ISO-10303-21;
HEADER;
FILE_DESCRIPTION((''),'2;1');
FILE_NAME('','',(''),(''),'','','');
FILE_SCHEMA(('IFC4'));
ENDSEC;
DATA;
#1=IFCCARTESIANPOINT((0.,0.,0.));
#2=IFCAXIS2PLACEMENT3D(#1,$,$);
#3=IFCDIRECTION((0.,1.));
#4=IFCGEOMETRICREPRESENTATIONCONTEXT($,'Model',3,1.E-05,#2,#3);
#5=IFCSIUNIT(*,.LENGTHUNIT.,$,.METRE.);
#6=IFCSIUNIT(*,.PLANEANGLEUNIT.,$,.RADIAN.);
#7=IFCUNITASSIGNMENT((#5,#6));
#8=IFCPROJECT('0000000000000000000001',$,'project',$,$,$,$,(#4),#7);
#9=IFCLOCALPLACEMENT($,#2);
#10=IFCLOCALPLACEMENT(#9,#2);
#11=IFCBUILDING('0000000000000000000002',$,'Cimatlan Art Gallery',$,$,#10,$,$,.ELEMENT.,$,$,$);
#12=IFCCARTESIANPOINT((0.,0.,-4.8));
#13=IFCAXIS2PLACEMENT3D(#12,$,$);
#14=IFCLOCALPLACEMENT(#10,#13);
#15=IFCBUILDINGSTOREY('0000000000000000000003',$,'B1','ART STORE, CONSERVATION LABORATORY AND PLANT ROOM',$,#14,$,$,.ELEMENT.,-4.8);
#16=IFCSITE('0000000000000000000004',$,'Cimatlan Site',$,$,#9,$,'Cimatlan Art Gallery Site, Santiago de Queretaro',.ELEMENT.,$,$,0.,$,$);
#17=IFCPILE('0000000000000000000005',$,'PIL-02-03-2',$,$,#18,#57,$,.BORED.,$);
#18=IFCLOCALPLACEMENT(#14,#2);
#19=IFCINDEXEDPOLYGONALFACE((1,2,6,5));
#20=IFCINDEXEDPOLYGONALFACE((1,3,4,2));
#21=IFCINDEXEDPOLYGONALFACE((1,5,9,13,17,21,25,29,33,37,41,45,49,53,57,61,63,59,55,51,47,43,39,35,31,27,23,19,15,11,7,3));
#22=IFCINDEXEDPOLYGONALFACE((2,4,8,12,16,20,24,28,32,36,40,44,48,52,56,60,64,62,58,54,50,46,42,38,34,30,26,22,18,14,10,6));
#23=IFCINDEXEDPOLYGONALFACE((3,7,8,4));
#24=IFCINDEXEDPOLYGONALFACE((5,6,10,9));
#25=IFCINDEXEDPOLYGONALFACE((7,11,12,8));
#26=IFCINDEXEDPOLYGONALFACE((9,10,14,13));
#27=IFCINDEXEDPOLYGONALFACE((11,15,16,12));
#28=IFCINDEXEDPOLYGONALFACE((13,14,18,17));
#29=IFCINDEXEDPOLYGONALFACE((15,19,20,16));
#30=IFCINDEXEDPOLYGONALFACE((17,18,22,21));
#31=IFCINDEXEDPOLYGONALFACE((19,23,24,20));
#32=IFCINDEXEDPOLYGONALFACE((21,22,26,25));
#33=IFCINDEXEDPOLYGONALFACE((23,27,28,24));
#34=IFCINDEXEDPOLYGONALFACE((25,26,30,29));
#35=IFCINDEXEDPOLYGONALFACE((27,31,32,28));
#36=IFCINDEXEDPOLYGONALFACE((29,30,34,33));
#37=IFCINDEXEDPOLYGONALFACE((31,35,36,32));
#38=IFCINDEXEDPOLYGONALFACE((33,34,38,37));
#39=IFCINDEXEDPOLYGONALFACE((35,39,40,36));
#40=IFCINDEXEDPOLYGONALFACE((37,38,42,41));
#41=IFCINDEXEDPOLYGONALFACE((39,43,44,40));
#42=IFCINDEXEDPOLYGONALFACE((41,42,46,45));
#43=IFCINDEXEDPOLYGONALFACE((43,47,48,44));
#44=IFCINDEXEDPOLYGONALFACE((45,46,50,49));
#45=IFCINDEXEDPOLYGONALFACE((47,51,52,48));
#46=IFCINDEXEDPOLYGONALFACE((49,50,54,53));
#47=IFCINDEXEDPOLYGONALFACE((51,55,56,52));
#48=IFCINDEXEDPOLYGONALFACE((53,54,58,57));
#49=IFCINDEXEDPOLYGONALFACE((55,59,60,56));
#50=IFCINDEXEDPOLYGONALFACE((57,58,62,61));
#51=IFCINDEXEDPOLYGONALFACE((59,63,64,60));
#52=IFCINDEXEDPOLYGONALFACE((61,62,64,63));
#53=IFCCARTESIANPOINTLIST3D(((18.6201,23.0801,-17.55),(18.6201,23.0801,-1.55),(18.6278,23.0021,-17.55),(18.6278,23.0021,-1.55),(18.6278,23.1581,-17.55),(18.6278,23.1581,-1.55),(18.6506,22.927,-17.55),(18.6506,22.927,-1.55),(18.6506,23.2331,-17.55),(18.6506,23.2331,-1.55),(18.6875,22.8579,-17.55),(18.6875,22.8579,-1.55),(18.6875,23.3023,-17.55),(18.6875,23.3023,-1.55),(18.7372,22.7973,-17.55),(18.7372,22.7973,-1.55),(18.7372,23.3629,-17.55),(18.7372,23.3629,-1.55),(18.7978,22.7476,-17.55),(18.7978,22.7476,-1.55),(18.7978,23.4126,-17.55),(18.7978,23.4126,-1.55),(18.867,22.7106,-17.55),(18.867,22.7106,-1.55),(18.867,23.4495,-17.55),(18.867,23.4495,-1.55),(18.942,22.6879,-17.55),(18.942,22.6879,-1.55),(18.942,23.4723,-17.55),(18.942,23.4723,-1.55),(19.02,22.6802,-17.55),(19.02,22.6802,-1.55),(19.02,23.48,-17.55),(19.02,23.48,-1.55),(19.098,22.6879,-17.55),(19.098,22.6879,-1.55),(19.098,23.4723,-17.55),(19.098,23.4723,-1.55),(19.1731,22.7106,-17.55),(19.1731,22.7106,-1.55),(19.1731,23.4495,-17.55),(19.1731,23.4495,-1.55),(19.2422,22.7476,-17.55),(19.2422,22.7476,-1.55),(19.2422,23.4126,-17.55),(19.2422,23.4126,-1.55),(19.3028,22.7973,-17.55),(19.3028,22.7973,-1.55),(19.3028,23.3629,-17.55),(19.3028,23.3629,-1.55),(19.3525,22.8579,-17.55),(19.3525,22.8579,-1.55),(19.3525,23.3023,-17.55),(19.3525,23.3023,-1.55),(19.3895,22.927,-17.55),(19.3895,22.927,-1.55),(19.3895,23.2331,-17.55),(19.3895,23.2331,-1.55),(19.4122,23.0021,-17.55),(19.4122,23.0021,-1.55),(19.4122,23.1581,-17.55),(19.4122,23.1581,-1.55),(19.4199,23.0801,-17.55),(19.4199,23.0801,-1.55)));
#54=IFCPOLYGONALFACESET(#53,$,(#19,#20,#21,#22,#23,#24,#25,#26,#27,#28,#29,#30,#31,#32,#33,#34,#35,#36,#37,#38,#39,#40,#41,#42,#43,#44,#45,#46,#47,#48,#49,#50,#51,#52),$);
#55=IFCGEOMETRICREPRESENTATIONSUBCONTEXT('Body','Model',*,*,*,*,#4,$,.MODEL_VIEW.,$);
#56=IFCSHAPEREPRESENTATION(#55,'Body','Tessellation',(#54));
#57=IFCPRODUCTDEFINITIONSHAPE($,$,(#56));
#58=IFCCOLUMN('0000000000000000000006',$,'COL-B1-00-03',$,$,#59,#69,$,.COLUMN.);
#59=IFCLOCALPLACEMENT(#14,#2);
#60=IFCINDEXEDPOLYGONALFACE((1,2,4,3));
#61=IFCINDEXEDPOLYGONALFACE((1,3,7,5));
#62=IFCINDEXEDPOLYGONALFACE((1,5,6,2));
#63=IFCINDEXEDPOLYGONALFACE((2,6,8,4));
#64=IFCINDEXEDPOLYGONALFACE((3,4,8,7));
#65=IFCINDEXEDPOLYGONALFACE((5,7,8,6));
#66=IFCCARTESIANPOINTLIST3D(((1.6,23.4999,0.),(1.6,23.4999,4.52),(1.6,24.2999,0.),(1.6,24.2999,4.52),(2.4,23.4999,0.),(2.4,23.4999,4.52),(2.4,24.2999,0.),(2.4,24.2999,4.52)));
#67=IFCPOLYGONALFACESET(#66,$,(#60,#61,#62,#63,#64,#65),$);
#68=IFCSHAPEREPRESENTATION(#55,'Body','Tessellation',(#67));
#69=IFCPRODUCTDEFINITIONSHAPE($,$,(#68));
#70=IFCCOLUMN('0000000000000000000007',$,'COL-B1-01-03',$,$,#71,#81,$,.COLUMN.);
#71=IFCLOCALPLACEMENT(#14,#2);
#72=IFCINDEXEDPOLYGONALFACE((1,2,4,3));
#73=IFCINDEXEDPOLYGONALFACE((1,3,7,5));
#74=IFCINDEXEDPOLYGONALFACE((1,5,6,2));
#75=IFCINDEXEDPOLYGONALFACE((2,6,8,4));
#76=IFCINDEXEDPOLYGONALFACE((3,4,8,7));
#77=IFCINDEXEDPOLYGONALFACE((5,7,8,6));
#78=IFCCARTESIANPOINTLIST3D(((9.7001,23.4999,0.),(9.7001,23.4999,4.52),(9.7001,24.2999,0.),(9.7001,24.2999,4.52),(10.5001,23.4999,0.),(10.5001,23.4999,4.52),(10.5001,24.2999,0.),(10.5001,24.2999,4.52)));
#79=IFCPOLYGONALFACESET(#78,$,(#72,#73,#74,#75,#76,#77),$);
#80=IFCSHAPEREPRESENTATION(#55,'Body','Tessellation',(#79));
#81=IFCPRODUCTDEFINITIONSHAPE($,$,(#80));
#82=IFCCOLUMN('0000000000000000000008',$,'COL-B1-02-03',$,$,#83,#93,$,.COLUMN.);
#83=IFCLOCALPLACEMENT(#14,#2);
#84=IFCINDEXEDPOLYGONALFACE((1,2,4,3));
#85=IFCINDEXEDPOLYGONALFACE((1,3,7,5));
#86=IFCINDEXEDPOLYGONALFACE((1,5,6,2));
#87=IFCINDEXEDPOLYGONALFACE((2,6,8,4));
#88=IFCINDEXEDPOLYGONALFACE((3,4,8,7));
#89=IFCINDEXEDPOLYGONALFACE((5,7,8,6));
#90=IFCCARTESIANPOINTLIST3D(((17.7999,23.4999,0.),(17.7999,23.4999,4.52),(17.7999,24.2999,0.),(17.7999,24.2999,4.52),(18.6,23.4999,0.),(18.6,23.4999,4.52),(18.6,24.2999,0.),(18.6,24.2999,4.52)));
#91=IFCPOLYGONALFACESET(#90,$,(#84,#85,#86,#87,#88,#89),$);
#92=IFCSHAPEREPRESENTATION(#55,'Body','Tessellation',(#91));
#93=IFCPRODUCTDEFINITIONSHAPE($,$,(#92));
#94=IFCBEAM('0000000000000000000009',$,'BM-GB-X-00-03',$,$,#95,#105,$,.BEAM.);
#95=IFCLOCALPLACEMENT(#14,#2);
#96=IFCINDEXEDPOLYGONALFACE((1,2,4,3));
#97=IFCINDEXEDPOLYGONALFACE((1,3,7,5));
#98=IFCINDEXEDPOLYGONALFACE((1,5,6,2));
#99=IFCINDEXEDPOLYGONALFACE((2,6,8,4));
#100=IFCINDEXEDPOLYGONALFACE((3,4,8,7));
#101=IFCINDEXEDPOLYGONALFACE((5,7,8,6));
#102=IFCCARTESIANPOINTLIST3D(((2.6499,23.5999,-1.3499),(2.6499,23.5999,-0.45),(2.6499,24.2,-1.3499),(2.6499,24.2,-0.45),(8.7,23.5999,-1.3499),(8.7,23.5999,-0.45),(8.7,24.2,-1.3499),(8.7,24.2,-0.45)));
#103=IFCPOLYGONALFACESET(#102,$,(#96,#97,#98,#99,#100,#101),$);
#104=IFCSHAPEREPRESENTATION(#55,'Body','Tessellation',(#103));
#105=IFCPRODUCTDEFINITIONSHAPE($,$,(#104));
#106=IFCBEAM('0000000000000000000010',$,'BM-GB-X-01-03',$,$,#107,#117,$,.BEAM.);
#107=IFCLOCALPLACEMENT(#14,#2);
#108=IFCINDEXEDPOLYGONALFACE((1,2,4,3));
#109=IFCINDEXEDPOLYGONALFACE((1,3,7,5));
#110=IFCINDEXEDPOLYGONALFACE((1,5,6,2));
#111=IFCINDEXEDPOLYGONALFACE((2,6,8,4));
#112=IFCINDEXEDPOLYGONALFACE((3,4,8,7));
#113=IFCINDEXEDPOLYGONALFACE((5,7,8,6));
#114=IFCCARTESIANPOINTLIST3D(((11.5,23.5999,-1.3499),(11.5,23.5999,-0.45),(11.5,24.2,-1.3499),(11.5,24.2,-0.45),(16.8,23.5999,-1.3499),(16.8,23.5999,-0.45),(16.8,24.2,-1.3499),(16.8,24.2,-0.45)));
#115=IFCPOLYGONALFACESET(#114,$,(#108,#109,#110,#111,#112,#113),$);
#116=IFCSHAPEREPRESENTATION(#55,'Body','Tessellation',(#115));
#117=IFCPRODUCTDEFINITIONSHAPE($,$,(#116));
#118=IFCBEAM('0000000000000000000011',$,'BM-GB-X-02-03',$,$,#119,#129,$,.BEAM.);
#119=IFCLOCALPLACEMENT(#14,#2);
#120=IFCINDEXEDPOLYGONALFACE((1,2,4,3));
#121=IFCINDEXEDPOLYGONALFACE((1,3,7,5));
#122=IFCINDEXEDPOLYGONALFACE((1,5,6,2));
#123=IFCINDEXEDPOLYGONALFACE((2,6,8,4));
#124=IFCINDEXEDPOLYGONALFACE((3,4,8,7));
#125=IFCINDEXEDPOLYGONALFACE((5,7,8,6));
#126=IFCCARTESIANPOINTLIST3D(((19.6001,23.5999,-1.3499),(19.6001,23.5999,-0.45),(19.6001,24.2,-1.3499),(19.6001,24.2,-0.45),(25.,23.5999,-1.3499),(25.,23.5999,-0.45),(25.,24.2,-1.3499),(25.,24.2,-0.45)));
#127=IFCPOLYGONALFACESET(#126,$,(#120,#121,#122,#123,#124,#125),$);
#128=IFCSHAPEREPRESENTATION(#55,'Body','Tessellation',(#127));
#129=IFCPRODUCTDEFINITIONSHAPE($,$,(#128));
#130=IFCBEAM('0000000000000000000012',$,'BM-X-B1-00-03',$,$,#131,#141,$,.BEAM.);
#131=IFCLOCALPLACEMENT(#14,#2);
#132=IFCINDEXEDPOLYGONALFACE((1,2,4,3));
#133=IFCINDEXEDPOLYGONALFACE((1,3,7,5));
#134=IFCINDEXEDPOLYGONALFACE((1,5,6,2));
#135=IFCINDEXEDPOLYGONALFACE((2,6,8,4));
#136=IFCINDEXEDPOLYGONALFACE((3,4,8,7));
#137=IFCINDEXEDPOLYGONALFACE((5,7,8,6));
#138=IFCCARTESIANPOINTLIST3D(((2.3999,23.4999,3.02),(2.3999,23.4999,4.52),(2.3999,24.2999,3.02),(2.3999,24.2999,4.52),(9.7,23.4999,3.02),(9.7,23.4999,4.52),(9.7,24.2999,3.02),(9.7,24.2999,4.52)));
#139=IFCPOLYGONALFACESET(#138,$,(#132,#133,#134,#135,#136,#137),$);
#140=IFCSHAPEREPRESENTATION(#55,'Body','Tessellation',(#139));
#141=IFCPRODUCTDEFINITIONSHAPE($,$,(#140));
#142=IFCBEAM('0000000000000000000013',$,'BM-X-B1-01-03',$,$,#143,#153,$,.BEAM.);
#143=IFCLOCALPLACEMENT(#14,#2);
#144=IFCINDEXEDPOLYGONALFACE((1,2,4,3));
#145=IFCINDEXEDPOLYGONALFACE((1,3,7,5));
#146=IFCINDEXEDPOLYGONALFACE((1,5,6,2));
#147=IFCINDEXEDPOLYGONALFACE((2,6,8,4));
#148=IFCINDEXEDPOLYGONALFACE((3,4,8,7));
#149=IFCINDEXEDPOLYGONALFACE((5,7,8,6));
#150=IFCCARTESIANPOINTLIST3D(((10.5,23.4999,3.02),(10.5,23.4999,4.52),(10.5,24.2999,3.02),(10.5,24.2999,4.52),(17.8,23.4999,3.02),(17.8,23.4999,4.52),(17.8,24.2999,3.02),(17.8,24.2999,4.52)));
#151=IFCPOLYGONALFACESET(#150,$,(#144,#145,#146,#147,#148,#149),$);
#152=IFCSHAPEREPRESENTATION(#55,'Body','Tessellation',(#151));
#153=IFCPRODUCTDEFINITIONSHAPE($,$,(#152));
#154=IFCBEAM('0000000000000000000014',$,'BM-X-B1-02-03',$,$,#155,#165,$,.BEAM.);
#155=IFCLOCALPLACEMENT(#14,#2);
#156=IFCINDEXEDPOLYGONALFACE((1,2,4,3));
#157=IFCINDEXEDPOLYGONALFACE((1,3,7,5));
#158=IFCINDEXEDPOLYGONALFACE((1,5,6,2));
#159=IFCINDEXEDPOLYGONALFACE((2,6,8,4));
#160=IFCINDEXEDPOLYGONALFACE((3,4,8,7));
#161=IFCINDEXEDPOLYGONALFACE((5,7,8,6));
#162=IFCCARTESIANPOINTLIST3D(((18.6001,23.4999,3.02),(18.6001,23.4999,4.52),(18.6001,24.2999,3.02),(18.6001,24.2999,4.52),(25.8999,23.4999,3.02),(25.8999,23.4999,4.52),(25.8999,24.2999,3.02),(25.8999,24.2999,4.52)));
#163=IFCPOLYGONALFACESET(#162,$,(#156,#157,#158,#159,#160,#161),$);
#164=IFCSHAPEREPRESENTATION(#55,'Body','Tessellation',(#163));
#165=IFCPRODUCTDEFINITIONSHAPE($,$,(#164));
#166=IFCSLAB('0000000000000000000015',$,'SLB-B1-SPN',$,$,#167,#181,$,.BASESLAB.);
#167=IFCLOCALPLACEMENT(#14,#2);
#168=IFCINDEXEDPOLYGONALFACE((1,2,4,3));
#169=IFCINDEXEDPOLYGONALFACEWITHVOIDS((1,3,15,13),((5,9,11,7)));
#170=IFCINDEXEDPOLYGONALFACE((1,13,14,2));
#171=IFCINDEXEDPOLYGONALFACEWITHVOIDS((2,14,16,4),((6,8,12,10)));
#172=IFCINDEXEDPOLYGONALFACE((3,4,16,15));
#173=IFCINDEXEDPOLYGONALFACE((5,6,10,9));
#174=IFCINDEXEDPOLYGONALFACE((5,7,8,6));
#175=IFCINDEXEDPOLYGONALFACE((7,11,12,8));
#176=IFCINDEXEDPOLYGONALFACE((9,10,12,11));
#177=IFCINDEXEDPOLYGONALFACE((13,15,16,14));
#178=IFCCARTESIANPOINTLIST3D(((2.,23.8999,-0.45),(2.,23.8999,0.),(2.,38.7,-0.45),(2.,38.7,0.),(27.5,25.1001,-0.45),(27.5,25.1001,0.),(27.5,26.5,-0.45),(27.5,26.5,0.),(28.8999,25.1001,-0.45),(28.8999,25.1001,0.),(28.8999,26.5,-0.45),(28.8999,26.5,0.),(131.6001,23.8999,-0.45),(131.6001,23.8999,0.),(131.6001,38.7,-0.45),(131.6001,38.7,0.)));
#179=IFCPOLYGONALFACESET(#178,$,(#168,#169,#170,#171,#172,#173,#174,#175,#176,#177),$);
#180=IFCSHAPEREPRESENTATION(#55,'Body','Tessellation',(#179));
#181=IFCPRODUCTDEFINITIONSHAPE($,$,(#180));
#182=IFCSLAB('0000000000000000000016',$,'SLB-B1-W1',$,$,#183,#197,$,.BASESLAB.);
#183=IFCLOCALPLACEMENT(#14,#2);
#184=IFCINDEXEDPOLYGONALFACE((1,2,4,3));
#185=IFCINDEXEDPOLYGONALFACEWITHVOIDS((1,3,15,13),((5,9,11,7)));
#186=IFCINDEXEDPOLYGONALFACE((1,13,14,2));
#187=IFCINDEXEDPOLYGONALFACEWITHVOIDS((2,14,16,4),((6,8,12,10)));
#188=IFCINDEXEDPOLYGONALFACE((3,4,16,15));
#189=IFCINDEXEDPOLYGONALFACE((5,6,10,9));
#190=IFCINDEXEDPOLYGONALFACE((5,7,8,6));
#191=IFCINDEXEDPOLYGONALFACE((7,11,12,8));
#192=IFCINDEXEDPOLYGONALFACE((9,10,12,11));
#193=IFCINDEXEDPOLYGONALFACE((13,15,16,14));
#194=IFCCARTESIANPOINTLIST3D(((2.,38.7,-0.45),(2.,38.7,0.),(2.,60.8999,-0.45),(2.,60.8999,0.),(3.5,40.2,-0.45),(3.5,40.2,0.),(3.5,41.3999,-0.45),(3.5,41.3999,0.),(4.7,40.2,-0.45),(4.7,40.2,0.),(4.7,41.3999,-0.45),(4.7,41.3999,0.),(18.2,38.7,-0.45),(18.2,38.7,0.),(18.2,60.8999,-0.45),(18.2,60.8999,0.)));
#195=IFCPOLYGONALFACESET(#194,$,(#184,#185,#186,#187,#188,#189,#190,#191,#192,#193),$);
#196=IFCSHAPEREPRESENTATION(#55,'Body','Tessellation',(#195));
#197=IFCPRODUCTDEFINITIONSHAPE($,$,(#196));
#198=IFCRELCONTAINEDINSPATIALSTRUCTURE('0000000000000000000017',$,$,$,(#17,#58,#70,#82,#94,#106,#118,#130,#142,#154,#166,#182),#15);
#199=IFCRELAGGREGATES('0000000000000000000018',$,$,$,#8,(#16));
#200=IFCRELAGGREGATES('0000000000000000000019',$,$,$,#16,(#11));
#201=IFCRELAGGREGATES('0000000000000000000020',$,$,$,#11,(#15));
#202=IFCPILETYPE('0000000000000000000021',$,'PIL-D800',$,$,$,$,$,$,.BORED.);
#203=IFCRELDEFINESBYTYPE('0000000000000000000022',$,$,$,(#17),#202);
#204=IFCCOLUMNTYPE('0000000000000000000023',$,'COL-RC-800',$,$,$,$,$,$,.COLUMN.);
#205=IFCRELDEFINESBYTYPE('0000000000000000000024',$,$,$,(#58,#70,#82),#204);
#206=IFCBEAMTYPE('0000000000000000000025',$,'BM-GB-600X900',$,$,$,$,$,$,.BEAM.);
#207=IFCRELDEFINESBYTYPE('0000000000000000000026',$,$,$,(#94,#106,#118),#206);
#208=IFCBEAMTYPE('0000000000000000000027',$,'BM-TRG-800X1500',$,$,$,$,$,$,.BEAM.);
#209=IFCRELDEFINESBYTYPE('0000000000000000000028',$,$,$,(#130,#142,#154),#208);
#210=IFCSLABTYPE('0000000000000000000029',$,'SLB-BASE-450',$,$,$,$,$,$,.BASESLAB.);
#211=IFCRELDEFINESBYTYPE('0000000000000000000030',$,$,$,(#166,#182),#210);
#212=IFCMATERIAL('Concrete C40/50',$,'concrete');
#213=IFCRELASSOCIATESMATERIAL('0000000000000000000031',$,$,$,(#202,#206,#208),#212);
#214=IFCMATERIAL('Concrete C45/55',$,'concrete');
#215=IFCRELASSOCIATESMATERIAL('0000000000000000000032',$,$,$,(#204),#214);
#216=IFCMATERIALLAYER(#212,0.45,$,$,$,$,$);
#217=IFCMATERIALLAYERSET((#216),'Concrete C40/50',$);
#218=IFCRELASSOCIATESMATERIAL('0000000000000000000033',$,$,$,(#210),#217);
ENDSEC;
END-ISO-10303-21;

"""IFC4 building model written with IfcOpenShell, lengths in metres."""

from ifc_helpers import new_model, si_unit, direction, frame, origin, origin_2d, place, context, subcontext, project, spatial, polyline, rectangle, circle, outline, extrude, material, layer, layer_set, material_profile, profile_set, type_object, element, save


model = new_model("IFC4")

# Units and contexts
model_context = context("Model", 3, precision=1e-05, world=origin(), true_north=direction((0.0, 1.0)))
body_context = subcontext(model_context, "Body", "Model", "MODEL_VIEW")
ifc_project = project(units=[si_unit("LENGTHUNIT", "METRE"), si_unit("PLANEANGLEUNIT", "RADIAN")], contexts=[model_context])

# Site, building, storey
site_placement = place(None, origin())
site = spatial("IfcSite", under=ifc_project, at=site_placement, Name="Cimatlan Site", LongName="Cimatlan Art Gallery Site, Santiago de Queretaro", CompositionType="ELEMENT", RefElevation=0.0)
building_placement = place(site_placement, origin())
building = spatial("IfcBuilding", under=site, at=building_placement, Name="Cimatlan Art Gallery", CompositionType="ELEMENT")
storey_placement = place(building_placement, frame((0.0, 0.0, -4.8)))
storey = spatial("IfcBuildingStorey", under=building, at=storey_placement, Name="B1", Description="ART STORE, CONSERVATION LABORATORY AND PLANT ROOM", CompositionType="ELEMENT", Elevation=-4.8)

# Shared definitions
ifc_material_1 = material(Name="Concrete C40/50", Category="concrete")

# Pile
pile_type_1 = type_object("IfcPileType", Name="PIL-D800", PredefinedType="BORED", material=ifc_material_1)
for number, where, z_axis, x_axis, name in (
    (1, (19.02, 23.0801, -1.55), (0.0, 0.0, -1.0), (1.0, 0.0, 0.0), "PIL-02-03-2"),
):
    element("IfcPile", number, at=place(storey_placement, frame(where, z_axis=z_axis, x_axis=x_axis)), inside=storey, type_object=pile_type_1, Name=name, PredefinedType="BORED", context=body_context, shape_type="SweptSolid", body=[
        extrude(circle(Radius=0.3999, at=origin_2d()), origin(), (0.0, 0.0, 1.0), 16.0),
    ])

# Columns
ifc_material_2 = material(Name="Concrete C45/55", Category="concrete")
ifc_material_profile_1 = material_profile(ifc_material_2, rectangle(XDim=0.8, YDim=0.8, at=origin_2d()), Name="RC800X800")
ifc_profile_set_1 = profile_set([ifc_material_profile_1], Name="Concrete C45/55")
column_type = type_object("IfcColumnType", Name="COL-RC-800", PredefinedType="COLUMN", material=ifc_profile_set_1)
for number, where, z_axis, x_axis, name in (
    (2, (2.0, 23.8999, 0.0), (0.0, 0.0, 1.0), (1.0, 0.0, 0.0), "COL-B1-00-03"),
    (3, (10.1001, 23.8999, 0.0), (0.0, 0.0, 1.0), (1.0, 0.0, 0.0), "COL-B1-01-03"),
    (4, (18.2, 23.8999, 0.0), (0.0, 0.0, 1.0), (1.0, 0.0, 0.0), "COL-B1-02-03"),
):
    element("IfcColumn", number, at=place(storey_placement, frame(where, z_axis=z_axis, x_axis=x_axis)), inside=storey, type_object=column_type, Name=name, PredefinedType="COLUMN", context=body_context, shape_type="SweptSolid", body=[
        extrude(rectangle(XDim=0.8, YDim=0.8, at=origin_2d()), origin(), (0.0, 0.0, 1.0), 4.52),
    ])

# Beams
ifc_material_profile_2 = material_profile(ifc_material_1, rectangle(XDim=0.6001, YDim=0.8999, at=origin_2d()), Name="RC600X900")
ifc_profile_set_2 = profile_set([ifc_material_profile_2], Name="Concrete C40/50")
beam_type_1 = type_object("IfcBeamType", Name="BM-GB-600X900", PredefinedType="BEAM", material=ifc_profile_set_2)
beam_1_placement = place(storey_placement, frame((2.6499, 23.8999, -0.8999), z_axis=(1.0, 0.0, 0.0), x_axis=(0.0, 1.0, 0.0)))
element("IfcBeam", 5, at=beam_1_placement, inside=storey, type_object=beam_type_1, Name="BM-GB-X-00-03", PredefinedType="BEAM", context=body_context, shape_type="SweptSolid", body=[
    extrude(rectangle(XDim=0.6001, YDim=0.8999, at=origin_2d()), origin(), (0.0, 0.0, 1.0), 6.05),
])
beam_2_placement = place(storey_placement, frame((11.5, 23.8999, -0.8999), z_axis=(1.0, 0.0, 0.0), x_axis=(0.0, 1.0, 0.0)))
element("IfcBeam", 6, at=beam_2_placement, inside=storey, type_object=beam_type_1, Name="BM-GB-X-01-03", PredefinedType="BEAM", context=body_context, shape_type="SweptSolid", body=[
    extrude(rectangle(XDim=0.6001, YDim=0.8999, at=origin_2d()), origin(), (0.0, 0.0, 1.0), 5.3),
])
beam_3_placement = place(storey_placement, frame((19.6001, 23.8999, -0.8999), z_axis=(1.0, 0.0, 0.0), x_axis=(0.0, 1.0, 0.0)))
element("IfcBeam", 7, at=beam_3_placement, inside=storey, type_object=beam_type_1, Name="BM-GB-X-02-03", PredefinedType="BEAM", context=body_context, shape_type="SweptSolid", body=[
    extrude(rectangle(XDim=0.6001, YDim=0.8999, at=origin_2d()), origin(), (0.0, 0.0, 1.0), 5.3999),
])
ifc_material_profile_3 = material_profile(ifc_material_1, rectangle(XDim=0.8, YDim=1.5, at=origin_2d()), Name="RC800X1500")
ifc_profile_set_3 = profile_set([ifc_material_profile_3], Name="Concrete C40/50")
beam_type_2 = type_object("IfcBeamType", Name="BM-TRG-800X1500", PredefinedType="BEAM", material=ifc_profile_set_3)
for number, where, z_axis, x_axis, name in (
    (8, (2.3999, 23.8999, 3.77), (1.0, 0.0, 0.0), (0.0, 1.0, 0.0), "BM-X-B1-00-03"),
    (9, (10.5, 23.8999, 3.77), (1.0, 0.0, 0.0), (0.0, 1.0, 0.0), "BM-X-B1-01-03"),
):
    element("IfcBeam", number, at=place(storey_placement, frame(where, z_axis=z_axis, x_axis=x_axis)), inside=storey, type_object=beam_type_2, Name=name, PredefinedType="BEAM", context=body_context, shape_type="SweptSolid", body=[
        extrude(rectangle(XDim=0.8, YDim=1.5, at=origin_2d()), origin(), (0.0, 0.0, 1.0), 7.3),
    ])
beam_4_placement = place(storey_placement, frame((18.6001, 23.8999, 3.77), z_axis=(1.0, 0.0, 0.0), x_axis=(0.0, 1.0, 0.0)))
element("IfcBeam", 10, at=beam_4_placement, inside=storey, type_object=beam_type_2, Name="BM-X-B1-02-03", PredefinedType="BEAM", context=body_context, shape_type="SweptSolid", body=[
    extrude(rectangle(XDim=0.8, YDim=1.5, at=origin_2d()), origin(), (0.0, 0.0, 1.0), 7.2998),
])

# Slabs
ifc_layer_1 = layer(ifc_material_1, 0.45)
ifc_layer_set_1 = layer_set([ifc_layer_1], Name="Concrete C40/50")
slab_type_1 = type_object("IfcSlabType", Name="SLB-BASE-450", PredefinedType="BASESLAB", material=ifc_layer_set_1)
slab_1_placement = place(storey_placement, frame((0.0, 0.0, -0.45)))
element("IfcSlab", 11, at=slab_1_placement, inside=storey, type_object=slab_type_1, Name="SLB-B1-SPN", PredefinedType="BASESLAB", context=body_context, shape_type="SweptSolid", body=[
    extrude(outline(polyline([(2.0, 23.8999), (131.6001, 23.8999), (131.6001, 38.7), (2.0, 38.7), (2.0, 23.8999)]), holes=[polyline([(27.5, 25.1001), (28.8999, 25.1001), (28.8999, 26.5), (27.5, 26.5), (27.5, 25.1001)])]), origin(), (0.0, 0.0, 1.0), 0.45),
])
slab_2_placement = place(storey_placement, frame((0.0, 0.0, -0.45)))
element("IfcSlab", 12, at=slab_2_placement, inside=storey, type_object=slab_type_1, Name="SLB-B1-W1", PredefinedType="BASESLAB", context=body_context, shape_type="SweptSolid", body=[
    extrude(outline(polyline([(2.0, 38.7), (18.2, 38.7), (18.2, 60.8999), (2.0, 60.8999), (2.0, 38.7)]), holes=[polyline([(3.5, 40.2), (4.7, 40.2), (4.7, 41.3999), (3.5, 41.3999), (3.5, 40.2)])]), origin(), (0.0, 0.0, 1.0), 0.45),
])

save(model, "model.ifc")
